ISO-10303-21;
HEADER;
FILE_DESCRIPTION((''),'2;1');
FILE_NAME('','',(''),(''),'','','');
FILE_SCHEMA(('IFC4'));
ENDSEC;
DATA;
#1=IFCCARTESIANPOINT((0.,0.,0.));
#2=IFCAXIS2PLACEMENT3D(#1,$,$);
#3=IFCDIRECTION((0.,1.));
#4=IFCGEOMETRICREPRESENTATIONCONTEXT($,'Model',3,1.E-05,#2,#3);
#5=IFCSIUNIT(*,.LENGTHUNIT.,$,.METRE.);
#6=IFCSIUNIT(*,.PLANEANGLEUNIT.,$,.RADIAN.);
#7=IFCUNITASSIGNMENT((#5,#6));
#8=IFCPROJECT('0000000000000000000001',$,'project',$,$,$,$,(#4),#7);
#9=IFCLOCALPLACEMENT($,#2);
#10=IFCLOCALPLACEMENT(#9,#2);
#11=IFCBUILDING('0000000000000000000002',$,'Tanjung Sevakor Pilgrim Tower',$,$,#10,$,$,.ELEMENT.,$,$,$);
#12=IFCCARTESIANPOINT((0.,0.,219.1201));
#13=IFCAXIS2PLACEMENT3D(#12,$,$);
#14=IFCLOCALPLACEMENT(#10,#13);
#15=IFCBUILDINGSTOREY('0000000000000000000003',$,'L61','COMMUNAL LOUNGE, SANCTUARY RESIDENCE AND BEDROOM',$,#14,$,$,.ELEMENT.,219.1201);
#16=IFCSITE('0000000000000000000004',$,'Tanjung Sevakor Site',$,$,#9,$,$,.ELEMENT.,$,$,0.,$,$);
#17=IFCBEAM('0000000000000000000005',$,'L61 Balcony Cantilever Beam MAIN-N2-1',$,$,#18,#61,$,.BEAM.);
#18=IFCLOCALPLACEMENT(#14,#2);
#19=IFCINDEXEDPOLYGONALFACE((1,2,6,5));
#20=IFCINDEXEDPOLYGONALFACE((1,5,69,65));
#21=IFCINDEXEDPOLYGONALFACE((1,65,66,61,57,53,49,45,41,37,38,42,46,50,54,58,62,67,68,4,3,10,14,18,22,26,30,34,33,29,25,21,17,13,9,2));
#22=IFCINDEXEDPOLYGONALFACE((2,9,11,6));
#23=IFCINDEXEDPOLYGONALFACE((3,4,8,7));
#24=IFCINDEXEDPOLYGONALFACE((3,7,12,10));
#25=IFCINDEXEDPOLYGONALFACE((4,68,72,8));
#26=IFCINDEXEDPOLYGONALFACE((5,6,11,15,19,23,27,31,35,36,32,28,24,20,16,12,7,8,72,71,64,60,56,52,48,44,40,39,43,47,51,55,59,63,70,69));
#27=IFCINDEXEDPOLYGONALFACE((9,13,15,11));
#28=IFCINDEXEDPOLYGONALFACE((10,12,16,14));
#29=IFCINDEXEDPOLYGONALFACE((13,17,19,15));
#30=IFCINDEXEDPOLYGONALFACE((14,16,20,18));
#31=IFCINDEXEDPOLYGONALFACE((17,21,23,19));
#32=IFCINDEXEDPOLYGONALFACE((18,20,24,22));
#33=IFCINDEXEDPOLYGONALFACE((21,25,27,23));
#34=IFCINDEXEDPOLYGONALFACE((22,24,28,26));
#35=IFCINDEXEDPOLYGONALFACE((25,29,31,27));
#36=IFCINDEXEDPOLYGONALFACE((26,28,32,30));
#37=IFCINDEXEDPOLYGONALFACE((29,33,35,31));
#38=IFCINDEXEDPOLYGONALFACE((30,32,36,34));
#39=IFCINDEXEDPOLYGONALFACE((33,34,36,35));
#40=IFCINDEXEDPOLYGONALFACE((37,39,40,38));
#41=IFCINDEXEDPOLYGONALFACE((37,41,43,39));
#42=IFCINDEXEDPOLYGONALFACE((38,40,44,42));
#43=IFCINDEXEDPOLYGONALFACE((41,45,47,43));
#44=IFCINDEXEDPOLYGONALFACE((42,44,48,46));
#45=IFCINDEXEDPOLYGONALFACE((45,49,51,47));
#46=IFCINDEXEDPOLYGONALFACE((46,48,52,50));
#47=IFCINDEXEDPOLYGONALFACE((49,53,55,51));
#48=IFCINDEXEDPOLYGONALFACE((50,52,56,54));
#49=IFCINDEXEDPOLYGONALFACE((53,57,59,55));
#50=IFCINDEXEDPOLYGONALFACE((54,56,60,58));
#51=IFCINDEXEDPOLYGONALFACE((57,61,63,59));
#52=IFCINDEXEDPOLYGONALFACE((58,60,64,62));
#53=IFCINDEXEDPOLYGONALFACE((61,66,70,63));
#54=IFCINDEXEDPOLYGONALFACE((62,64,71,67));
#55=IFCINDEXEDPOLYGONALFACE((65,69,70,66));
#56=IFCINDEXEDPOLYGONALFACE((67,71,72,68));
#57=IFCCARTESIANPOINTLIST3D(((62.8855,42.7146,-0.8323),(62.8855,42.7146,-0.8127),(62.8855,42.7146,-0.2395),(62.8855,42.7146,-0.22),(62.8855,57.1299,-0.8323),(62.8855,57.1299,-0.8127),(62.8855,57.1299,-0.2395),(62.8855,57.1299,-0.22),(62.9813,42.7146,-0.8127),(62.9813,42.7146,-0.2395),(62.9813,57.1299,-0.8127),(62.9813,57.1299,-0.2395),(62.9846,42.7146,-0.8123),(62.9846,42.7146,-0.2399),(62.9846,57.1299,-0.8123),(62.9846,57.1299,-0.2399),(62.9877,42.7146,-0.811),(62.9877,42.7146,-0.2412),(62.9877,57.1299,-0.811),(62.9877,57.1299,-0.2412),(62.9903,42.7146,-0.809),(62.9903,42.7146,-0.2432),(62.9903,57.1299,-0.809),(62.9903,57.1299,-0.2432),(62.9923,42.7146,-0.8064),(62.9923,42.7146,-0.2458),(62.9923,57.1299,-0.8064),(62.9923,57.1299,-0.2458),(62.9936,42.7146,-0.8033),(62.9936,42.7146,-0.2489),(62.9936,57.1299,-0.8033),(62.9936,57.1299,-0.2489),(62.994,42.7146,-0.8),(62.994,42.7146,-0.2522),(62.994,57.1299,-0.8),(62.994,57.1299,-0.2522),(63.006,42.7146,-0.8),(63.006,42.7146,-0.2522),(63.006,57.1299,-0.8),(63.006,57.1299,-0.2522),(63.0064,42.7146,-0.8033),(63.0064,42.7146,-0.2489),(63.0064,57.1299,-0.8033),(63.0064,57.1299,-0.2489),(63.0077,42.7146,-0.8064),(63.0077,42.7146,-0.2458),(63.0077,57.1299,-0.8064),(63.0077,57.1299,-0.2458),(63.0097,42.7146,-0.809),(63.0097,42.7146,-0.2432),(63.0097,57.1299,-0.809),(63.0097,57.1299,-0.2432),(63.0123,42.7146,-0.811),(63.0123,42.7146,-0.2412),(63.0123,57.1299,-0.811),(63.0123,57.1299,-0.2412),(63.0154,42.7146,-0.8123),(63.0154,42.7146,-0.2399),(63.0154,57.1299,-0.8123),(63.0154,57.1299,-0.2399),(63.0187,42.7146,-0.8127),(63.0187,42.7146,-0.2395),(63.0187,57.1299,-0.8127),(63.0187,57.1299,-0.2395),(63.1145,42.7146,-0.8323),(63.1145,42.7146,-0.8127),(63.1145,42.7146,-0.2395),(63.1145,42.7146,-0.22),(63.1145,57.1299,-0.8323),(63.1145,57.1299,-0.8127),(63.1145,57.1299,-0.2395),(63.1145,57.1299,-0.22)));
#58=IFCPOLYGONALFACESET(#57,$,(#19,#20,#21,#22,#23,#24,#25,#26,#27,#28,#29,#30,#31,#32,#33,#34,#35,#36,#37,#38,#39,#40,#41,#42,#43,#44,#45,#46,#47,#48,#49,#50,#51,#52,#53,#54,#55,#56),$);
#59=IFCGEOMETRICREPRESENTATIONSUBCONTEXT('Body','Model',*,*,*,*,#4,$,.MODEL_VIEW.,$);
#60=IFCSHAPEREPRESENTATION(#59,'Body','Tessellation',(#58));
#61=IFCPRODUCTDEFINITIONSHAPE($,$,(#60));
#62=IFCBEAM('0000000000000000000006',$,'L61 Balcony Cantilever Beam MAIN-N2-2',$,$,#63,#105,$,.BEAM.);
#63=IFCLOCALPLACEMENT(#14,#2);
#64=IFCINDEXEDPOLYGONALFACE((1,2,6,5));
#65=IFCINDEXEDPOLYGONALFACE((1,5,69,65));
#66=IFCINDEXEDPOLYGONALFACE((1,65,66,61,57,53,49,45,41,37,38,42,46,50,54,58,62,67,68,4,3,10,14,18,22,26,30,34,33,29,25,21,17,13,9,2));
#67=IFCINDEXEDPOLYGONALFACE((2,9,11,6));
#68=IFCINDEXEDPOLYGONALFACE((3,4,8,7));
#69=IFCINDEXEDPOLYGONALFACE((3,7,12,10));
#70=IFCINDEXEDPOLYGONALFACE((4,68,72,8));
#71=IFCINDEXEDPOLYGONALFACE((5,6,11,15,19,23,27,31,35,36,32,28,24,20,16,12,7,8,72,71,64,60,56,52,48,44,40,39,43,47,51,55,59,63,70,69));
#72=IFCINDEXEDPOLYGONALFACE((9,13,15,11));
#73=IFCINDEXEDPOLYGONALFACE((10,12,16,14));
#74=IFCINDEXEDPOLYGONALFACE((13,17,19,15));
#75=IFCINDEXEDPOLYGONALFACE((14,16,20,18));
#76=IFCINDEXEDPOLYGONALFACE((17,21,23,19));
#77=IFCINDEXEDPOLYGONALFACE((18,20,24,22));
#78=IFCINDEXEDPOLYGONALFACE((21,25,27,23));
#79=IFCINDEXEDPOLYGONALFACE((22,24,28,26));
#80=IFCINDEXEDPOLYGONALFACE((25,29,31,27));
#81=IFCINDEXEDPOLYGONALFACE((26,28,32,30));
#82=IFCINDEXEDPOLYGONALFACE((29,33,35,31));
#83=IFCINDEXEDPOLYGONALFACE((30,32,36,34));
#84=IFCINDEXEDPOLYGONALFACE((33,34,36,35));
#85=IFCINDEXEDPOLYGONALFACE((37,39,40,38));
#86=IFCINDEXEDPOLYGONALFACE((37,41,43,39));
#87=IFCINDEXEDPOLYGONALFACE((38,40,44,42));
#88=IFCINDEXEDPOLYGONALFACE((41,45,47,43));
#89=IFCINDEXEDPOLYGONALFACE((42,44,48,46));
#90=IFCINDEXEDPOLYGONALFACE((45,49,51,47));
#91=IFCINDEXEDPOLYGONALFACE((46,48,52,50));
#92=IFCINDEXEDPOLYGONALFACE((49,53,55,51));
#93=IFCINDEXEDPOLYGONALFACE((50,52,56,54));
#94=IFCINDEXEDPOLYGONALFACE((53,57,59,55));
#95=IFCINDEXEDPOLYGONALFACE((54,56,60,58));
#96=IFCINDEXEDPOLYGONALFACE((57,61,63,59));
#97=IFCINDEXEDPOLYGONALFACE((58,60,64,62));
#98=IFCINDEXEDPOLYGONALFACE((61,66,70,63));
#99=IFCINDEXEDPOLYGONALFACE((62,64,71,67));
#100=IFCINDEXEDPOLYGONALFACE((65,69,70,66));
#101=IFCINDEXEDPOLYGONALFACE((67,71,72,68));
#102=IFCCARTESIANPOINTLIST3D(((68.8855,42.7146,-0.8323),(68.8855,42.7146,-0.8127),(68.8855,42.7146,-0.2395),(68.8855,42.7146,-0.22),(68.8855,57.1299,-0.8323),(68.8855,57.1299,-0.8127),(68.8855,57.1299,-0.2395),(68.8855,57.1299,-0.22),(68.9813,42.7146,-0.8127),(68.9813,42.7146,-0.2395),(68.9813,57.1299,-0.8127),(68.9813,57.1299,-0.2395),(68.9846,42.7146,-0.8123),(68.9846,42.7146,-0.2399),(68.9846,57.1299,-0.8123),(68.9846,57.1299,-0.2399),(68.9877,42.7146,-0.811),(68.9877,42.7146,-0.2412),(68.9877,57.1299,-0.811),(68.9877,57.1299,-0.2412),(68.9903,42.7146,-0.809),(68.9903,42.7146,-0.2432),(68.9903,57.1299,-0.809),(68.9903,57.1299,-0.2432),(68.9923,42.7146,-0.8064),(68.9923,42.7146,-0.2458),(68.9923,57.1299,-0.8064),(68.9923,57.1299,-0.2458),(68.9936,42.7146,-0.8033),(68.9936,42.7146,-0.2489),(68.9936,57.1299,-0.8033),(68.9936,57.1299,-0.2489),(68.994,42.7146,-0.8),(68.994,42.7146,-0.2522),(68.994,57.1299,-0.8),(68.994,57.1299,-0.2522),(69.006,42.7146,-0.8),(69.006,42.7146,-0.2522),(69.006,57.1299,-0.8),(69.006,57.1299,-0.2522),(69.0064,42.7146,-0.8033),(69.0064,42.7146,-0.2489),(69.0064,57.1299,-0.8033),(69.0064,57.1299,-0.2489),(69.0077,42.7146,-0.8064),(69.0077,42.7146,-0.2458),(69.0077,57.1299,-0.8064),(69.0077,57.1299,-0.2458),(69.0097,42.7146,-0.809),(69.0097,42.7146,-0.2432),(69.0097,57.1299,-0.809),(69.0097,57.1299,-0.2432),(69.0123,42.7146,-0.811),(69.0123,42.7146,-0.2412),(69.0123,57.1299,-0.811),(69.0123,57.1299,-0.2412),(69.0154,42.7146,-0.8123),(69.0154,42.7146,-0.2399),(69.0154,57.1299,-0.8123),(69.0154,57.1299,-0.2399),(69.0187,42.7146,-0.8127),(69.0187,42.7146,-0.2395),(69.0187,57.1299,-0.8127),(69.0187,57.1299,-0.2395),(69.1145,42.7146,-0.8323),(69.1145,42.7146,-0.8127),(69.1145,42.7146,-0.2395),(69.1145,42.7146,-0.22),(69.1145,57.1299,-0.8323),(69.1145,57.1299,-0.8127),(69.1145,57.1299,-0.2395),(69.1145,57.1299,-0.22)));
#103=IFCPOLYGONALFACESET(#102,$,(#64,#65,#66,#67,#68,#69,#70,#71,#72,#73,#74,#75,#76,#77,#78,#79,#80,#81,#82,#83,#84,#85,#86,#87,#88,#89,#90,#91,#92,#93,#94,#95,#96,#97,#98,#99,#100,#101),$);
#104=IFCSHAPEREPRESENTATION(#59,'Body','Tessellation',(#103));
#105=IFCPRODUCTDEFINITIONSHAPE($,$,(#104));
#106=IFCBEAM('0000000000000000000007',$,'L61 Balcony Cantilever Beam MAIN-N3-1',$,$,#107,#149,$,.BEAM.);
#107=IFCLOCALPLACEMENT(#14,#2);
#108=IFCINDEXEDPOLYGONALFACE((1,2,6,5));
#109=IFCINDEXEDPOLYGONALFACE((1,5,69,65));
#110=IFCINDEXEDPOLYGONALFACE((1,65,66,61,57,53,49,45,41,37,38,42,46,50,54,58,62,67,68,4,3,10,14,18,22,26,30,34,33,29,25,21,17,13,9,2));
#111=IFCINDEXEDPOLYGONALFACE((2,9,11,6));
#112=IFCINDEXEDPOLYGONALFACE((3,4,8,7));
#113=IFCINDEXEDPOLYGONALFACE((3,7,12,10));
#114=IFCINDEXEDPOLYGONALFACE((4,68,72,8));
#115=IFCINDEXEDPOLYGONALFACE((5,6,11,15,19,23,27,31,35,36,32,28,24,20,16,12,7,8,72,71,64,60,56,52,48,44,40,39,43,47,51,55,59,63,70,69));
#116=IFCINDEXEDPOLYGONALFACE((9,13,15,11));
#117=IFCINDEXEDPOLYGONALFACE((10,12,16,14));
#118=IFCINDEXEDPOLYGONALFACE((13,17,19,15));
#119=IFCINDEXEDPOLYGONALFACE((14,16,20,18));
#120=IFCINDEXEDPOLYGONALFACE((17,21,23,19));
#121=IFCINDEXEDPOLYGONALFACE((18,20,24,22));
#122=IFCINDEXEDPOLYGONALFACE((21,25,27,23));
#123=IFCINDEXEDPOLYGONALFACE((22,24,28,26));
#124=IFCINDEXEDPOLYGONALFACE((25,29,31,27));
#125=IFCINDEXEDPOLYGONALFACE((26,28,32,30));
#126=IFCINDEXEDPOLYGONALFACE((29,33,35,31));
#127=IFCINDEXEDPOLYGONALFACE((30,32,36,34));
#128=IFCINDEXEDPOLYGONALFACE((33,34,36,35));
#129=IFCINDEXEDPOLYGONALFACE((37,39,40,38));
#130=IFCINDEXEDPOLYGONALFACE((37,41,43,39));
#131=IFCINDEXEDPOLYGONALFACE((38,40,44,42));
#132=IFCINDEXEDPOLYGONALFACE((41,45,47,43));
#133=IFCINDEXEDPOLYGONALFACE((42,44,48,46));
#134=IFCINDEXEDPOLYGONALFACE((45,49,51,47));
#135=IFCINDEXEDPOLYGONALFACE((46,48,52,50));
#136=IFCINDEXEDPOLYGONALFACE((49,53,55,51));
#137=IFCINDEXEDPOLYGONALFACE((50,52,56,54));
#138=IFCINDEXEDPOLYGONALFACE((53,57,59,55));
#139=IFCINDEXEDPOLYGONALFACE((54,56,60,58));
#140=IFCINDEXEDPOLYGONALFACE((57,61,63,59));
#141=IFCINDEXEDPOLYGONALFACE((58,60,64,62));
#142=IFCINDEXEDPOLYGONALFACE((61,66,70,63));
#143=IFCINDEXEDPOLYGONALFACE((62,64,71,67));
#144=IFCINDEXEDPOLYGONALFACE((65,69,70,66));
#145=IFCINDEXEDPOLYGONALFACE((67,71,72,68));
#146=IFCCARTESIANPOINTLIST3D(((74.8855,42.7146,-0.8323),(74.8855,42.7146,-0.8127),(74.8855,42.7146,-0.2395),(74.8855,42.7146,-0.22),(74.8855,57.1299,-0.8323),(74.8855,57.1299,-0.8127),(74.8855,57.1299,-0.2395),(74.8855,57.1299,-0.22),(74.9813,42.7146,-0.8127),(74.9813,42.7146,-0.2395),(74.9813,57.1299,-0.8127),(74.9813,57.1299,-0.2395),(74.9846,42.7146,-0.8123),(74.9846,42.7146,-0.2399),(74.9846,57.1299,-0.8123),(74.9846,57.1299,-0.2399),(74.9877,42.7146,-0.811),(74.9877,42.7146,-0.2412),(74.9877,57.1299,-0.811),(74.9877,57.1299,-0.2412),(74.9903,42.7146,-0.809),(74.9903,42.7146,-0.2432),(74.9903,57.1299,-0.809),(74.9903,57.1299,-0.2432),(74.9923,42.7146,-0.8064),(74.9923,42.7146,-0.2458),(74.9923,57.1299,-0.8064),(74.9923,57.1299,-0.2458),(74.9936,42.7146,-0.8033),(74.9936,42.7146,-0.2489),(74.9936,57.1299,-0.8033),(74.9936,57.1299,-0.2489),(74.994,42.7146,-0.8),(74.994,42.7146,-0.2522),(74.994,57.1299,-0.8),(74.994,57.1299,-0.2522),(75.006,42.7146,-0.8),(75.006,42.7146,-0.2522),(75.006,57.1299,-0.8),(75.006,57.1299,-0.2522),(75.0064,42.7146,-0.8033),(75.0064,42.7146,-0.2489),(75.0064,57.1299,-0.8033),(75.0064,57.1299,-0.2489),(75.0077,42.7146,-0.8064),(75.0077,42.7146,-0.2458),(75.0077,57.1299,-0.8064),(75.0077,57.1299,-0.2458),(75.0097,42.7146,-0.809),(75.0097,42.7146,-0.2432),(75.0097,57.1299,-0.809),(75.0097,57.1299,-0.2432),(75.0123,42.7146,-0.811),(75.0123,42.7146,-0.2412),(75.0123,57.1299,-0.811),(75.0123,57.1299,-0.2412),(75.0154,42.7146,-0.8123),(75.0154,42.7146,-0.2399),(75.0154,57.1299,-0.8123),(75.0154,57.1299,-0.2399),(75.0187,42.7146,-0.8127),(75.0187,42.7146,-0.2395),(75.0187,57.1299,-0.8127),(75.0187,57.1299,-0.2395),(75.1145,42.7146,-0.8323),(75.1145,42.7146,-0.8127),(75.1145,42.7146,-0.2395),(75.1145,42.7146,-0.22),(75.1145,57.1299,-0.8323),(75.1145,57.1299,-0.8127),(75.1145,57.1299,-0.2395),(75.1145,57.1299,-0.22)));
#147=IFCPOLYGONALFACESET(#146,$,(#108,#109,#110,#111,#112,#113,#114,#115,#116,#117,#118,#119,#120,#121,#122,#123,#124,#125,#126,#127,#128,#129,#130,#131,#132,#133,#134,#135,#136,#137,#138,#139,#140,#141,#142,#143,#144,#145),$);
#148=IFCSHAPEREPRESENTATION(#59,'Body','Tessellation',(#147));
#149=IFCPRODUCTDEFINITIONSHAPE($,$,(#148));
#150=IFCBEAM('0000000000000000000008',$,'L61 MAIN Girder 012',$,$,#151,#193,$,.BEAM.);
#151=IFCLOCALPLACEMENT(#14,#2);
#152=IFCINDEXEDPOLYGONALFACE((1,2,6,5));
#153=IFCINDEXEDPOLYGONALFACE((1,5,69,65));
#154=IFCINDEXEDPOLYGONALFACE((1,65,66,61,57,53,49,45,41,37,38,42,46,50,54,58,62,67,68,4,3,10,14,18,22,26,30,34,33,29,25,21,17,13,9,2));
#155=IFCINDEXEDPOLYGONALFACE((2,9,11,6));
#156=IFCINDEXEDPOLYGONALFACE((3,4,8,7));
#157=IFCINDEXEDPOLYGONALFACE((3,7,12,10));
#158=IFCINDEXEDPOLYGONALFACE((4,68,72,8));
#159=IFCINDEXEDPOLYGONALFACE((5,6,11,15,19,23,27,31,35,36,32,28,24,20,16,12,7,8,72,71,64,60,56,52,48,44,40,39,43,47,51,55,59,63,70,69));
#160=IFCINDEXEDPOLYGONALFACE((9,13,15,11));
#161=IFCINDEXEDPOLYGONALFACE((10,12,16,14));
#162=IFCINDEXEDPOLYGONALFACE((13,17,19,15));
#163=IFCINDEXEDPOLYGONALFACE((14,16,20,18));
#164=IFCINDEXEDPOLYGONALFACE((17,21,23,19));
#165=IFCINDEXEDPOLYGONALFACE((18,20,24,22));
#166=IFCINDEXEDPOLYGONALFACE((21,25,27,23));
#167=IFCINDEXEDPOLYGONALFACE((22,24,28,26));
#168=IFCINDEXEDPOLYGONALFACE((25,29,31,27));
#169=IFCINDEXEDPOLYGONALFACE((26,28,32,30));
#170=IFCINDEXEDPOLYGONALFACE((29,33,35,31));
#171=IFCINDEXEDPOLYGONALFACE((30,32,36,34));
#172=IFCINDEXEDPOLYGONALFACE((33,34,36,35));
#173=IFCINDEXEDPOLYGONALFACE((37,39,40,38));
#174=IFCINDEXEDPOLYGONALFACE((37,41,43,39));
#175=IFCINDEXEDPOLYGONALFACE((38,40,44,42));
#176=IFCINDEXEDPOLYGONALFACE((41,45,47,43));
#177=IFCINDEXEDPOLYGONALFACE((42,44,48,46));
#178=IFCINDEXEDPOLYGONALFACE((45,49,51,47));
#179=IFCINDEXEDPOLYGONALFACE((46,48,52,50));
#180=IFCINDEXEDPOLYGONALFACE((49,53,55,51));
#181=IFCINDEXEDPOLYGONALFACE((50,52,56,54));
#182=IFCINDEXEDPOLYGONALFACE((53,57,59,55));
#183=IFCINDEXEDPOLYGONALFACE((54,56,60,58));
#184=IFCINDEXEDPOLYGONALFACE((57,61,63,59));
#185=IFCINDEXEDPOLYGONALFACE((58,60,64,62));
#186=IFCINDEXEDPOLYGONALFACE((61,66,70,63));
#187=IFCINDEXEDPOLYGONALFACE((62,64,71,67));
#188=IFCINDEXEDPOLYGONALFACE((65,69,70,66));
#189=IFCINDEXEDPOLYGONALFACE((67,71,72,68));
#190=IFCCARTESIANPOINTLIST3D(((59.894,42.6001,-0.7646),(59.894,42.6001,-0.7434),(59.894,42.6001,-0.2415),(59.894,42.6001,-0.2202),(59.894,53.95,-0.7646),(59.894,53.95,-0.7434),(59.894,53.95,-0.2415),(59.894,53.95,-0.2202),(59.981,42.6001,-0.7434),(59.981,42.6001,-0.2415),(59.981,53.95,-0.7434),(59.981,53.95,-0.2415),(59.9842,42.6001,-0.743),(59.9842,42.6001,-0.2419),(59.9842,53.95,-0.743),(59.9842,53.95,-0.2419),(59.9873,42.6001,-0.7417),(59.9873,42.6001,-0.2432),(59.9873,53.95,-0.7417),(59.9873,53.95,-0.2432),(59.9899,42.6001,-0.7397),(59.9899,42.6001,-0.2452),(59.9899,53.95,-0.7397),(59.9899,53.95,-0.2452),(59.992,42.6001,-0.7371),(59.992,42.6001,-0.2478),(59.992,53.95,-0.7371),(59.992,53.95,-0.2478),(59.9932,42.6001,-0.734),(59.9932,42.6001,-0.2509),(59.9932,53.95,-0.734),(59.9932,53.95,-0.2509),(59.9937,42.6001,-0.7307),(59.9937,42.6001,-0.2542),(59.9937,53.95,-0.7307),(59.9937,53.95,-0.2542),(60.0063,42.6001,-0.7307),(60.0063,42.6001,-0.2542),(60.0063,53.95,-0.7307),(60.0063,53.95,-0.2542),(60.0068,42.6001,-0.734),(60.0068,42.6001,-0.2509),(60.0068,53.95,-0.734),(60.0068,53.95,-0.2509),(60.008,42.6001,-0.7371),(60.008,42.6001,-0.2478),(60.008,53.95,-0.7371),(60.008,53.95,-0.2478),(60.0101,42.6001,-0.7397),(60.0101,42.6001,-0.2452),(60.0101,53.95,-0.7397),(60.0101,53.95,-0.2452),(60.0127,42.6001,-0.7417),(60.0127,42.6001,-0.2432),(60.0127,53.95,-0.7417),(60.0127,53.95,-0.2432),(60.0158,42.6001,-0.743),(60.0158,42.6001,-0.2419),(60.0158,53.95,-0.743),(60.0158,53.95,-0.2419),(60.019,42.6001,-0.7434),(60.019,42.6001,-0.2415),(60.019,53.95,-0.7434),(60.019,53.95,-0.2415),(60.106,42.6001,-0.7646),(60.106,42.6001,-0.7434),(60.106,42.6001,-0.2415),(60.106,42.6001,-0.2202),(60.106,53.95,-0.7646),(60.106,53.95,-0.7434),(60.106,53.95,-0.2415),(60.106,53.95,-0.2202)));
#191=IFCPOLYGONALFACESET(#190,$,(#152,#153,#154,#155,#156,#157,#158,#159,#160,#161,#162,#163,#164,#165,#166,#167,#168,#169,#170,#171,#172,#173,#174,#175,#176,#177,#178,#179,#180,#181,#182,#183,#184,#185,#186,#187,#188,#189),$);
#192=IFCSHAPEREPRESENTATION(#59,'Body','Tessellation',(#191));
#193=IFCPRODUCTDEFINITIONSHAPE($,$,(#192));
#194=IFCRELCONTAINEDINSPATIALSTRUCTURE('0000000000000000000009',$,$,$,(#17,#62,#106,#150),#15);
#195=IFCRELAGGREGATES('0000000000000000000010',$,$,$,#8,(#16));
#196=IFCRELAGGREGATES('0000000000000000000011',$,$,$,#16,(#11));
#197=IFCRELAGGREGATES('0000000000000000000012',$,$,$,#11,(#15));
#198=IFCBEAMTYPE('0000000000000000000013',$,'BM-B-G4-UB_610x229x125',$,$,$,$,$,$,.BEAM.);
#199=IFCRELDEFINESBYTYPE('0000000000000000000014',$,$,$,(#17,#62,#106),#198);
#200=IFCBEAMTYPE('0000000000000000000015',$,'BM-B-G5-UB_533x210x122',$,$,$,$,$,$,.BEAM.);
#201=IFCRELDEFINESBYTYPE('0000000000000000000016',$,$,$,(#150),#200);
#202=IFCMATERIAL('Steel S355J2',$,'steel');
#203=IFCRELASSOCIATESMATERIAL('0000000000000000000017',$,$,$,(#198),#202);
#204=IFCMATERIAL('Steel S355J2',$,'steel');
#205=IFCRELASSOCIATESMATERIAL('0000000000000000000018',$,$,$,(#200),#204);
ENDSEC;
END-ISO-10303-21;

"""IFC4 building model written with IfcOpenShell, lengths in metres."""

from ifc_helpers import new_model, si_unit, direction, frame, origin, origin_2d, place, context, subcontext, project, spatial, i_section, extrude, material, material_profile, profile_set, type_object, element, save


model = new_model("IFC4")

# Units and contexts
model_context = context("Model", 3, precision=1e-05, world=origin(), true_north=direction((0.0, 1.0)))
body_context = subcontext(model_context, "Body", "Model", "MODEL_VIEW")
ifc_project = project(units=[si_unit("LENGTHUNIT", "METRE"), si_unit("PLANEANGLEUNIT", "RADIAN")], contexts=[model_context])

# Site, building, storey
site_placement = place(None, origin())
site = spatial("IfcSite", under=ifc_project, at=site_placement, Name="Tanjung Sevakor Site", CompositionType="ELEMENT", RefElevation=0.0)
building_placement = place(site_placement, origin())
building = spatial("IfcBuilding", under=site, at=building_placement, Name="Tanjung Sevakor Pilgrim Tower", CompositionType="ELEMENT")
storey_placement = place(building_placement, frame((0.0, 0.0, 219.1201)))
storey = spatial("IfcBuildingStorey", under=building, at=storey_placement, Name="L61", Description="COMMUNAL LOUNGE, SANCTUARY RESIDENCE AND BEDROOM", CompositionType="ELEMENT", Elevation=219.1201)

# Beams
ifc_material_1 = material(Name="Steel S355J2", Category="steel")
ifc_material_profile_1 = material_profile(ifc_material_1, i_section(OverallWidth=0.229, OverallDepth=0.6123, WebThickness=0.012, FlangeThickness=0.0195, FilletRadius=0.0127, at=origin_2d()))
ifc_profile_set_1 = profile_set([ifc_material_profile_1], Name="Steel S355J2")
beam_type_1 = type_object("IfcBeamType", Name="BM-B-G4-UB_610x229x125", PredefinedType="BEAM", material=ifc_profile_set_1)
for number, where, z_axis, x_axis, name in (
    (1, (63.0, 42.7146, -0.5261), (0.0, 1.0, 0.0), (-1.0, 0.0, 0.0), "L61 Balcony Cantilever Beam MAIN-N2-1"),
    (2, (69.0, 42.7146, -0.5261), (0.0, 1.0, 0.0), (-1.0, 0.0, 0.0), "L61 Balcony Cantilever Beam MAIN-N2-2"),
    (3, (75.0, 42.7146, -0.5261), (0.0, 1.0, 0.0), (-1.0, 0.0, 0.0), "L61 Balcony Cantilever Beam MAIN-N3-1"),
):
    element("IfcBeam", number, at=place(storey_placement, frame(where, z_axis=z_axis, x_axis=x_axis)), inside=storey, type_object=beam_type_1, Name=name, PredefinedType="BEAM", context=body_context, shape_type="SweptSolid", body=[
        extrude(i_section(OverallWidth=0.229, OverallDepth=0.6123, WebThickness=0.012, FlangeThickness=0.0195, FilletRadius=0.0127, at=origin_2d()), origin(), (0.0, 0.0, 1.0), 14.4153),
    ])
ifc_material_2 = material(Name="Steel S355J2", Category="steel")
ifc_material_profile_2 = material_profile(ifc_material_2, i_section(OverallWidth=0.2119, OverallDepth=0.5444, WebThickness=0.0127, FlangeThickness=0.0212, FilletRadius=0.0127, at=origin_2d()))
ifc_profile_set_2 = profile_set([ifc_material_profile_2], Name="Steel S355J2")
beam_type_2 = type_object("IfcBeamType", Name="BM-B-G5-UB_533x210x122", PredefinedType="BEAM", material=ifc_profile_set_2)
for number, where, z_axis, x_axis, name in (
    (4, (60.0, 42.6001, -0.4924), (0.0, 1.0, 0.0), (-1.0, 0.0, 0.0), "L61 MAIN Girder 012"),
):
    element("IfcBeam", number, at=place(storey_placement, frame(where, z_axis=z_axis, x_axis=x_axis)), inside=storey, type_object=beam_type_2, Name=name, PredefinedType="BEAM", context=body_context, shape_type="SweptSolid", body=[
        extrude(i_section(OverallWidth=0.2119, OverallDepth=0.5444, WebThickness=0.0127, FlangeThickness=0.0212, FilletRadius=0.0127, at=origin_2d()), origin(), (0.0, 0.0, 1.0), 11.3499),
    ])

save(model, "model.ifc")
